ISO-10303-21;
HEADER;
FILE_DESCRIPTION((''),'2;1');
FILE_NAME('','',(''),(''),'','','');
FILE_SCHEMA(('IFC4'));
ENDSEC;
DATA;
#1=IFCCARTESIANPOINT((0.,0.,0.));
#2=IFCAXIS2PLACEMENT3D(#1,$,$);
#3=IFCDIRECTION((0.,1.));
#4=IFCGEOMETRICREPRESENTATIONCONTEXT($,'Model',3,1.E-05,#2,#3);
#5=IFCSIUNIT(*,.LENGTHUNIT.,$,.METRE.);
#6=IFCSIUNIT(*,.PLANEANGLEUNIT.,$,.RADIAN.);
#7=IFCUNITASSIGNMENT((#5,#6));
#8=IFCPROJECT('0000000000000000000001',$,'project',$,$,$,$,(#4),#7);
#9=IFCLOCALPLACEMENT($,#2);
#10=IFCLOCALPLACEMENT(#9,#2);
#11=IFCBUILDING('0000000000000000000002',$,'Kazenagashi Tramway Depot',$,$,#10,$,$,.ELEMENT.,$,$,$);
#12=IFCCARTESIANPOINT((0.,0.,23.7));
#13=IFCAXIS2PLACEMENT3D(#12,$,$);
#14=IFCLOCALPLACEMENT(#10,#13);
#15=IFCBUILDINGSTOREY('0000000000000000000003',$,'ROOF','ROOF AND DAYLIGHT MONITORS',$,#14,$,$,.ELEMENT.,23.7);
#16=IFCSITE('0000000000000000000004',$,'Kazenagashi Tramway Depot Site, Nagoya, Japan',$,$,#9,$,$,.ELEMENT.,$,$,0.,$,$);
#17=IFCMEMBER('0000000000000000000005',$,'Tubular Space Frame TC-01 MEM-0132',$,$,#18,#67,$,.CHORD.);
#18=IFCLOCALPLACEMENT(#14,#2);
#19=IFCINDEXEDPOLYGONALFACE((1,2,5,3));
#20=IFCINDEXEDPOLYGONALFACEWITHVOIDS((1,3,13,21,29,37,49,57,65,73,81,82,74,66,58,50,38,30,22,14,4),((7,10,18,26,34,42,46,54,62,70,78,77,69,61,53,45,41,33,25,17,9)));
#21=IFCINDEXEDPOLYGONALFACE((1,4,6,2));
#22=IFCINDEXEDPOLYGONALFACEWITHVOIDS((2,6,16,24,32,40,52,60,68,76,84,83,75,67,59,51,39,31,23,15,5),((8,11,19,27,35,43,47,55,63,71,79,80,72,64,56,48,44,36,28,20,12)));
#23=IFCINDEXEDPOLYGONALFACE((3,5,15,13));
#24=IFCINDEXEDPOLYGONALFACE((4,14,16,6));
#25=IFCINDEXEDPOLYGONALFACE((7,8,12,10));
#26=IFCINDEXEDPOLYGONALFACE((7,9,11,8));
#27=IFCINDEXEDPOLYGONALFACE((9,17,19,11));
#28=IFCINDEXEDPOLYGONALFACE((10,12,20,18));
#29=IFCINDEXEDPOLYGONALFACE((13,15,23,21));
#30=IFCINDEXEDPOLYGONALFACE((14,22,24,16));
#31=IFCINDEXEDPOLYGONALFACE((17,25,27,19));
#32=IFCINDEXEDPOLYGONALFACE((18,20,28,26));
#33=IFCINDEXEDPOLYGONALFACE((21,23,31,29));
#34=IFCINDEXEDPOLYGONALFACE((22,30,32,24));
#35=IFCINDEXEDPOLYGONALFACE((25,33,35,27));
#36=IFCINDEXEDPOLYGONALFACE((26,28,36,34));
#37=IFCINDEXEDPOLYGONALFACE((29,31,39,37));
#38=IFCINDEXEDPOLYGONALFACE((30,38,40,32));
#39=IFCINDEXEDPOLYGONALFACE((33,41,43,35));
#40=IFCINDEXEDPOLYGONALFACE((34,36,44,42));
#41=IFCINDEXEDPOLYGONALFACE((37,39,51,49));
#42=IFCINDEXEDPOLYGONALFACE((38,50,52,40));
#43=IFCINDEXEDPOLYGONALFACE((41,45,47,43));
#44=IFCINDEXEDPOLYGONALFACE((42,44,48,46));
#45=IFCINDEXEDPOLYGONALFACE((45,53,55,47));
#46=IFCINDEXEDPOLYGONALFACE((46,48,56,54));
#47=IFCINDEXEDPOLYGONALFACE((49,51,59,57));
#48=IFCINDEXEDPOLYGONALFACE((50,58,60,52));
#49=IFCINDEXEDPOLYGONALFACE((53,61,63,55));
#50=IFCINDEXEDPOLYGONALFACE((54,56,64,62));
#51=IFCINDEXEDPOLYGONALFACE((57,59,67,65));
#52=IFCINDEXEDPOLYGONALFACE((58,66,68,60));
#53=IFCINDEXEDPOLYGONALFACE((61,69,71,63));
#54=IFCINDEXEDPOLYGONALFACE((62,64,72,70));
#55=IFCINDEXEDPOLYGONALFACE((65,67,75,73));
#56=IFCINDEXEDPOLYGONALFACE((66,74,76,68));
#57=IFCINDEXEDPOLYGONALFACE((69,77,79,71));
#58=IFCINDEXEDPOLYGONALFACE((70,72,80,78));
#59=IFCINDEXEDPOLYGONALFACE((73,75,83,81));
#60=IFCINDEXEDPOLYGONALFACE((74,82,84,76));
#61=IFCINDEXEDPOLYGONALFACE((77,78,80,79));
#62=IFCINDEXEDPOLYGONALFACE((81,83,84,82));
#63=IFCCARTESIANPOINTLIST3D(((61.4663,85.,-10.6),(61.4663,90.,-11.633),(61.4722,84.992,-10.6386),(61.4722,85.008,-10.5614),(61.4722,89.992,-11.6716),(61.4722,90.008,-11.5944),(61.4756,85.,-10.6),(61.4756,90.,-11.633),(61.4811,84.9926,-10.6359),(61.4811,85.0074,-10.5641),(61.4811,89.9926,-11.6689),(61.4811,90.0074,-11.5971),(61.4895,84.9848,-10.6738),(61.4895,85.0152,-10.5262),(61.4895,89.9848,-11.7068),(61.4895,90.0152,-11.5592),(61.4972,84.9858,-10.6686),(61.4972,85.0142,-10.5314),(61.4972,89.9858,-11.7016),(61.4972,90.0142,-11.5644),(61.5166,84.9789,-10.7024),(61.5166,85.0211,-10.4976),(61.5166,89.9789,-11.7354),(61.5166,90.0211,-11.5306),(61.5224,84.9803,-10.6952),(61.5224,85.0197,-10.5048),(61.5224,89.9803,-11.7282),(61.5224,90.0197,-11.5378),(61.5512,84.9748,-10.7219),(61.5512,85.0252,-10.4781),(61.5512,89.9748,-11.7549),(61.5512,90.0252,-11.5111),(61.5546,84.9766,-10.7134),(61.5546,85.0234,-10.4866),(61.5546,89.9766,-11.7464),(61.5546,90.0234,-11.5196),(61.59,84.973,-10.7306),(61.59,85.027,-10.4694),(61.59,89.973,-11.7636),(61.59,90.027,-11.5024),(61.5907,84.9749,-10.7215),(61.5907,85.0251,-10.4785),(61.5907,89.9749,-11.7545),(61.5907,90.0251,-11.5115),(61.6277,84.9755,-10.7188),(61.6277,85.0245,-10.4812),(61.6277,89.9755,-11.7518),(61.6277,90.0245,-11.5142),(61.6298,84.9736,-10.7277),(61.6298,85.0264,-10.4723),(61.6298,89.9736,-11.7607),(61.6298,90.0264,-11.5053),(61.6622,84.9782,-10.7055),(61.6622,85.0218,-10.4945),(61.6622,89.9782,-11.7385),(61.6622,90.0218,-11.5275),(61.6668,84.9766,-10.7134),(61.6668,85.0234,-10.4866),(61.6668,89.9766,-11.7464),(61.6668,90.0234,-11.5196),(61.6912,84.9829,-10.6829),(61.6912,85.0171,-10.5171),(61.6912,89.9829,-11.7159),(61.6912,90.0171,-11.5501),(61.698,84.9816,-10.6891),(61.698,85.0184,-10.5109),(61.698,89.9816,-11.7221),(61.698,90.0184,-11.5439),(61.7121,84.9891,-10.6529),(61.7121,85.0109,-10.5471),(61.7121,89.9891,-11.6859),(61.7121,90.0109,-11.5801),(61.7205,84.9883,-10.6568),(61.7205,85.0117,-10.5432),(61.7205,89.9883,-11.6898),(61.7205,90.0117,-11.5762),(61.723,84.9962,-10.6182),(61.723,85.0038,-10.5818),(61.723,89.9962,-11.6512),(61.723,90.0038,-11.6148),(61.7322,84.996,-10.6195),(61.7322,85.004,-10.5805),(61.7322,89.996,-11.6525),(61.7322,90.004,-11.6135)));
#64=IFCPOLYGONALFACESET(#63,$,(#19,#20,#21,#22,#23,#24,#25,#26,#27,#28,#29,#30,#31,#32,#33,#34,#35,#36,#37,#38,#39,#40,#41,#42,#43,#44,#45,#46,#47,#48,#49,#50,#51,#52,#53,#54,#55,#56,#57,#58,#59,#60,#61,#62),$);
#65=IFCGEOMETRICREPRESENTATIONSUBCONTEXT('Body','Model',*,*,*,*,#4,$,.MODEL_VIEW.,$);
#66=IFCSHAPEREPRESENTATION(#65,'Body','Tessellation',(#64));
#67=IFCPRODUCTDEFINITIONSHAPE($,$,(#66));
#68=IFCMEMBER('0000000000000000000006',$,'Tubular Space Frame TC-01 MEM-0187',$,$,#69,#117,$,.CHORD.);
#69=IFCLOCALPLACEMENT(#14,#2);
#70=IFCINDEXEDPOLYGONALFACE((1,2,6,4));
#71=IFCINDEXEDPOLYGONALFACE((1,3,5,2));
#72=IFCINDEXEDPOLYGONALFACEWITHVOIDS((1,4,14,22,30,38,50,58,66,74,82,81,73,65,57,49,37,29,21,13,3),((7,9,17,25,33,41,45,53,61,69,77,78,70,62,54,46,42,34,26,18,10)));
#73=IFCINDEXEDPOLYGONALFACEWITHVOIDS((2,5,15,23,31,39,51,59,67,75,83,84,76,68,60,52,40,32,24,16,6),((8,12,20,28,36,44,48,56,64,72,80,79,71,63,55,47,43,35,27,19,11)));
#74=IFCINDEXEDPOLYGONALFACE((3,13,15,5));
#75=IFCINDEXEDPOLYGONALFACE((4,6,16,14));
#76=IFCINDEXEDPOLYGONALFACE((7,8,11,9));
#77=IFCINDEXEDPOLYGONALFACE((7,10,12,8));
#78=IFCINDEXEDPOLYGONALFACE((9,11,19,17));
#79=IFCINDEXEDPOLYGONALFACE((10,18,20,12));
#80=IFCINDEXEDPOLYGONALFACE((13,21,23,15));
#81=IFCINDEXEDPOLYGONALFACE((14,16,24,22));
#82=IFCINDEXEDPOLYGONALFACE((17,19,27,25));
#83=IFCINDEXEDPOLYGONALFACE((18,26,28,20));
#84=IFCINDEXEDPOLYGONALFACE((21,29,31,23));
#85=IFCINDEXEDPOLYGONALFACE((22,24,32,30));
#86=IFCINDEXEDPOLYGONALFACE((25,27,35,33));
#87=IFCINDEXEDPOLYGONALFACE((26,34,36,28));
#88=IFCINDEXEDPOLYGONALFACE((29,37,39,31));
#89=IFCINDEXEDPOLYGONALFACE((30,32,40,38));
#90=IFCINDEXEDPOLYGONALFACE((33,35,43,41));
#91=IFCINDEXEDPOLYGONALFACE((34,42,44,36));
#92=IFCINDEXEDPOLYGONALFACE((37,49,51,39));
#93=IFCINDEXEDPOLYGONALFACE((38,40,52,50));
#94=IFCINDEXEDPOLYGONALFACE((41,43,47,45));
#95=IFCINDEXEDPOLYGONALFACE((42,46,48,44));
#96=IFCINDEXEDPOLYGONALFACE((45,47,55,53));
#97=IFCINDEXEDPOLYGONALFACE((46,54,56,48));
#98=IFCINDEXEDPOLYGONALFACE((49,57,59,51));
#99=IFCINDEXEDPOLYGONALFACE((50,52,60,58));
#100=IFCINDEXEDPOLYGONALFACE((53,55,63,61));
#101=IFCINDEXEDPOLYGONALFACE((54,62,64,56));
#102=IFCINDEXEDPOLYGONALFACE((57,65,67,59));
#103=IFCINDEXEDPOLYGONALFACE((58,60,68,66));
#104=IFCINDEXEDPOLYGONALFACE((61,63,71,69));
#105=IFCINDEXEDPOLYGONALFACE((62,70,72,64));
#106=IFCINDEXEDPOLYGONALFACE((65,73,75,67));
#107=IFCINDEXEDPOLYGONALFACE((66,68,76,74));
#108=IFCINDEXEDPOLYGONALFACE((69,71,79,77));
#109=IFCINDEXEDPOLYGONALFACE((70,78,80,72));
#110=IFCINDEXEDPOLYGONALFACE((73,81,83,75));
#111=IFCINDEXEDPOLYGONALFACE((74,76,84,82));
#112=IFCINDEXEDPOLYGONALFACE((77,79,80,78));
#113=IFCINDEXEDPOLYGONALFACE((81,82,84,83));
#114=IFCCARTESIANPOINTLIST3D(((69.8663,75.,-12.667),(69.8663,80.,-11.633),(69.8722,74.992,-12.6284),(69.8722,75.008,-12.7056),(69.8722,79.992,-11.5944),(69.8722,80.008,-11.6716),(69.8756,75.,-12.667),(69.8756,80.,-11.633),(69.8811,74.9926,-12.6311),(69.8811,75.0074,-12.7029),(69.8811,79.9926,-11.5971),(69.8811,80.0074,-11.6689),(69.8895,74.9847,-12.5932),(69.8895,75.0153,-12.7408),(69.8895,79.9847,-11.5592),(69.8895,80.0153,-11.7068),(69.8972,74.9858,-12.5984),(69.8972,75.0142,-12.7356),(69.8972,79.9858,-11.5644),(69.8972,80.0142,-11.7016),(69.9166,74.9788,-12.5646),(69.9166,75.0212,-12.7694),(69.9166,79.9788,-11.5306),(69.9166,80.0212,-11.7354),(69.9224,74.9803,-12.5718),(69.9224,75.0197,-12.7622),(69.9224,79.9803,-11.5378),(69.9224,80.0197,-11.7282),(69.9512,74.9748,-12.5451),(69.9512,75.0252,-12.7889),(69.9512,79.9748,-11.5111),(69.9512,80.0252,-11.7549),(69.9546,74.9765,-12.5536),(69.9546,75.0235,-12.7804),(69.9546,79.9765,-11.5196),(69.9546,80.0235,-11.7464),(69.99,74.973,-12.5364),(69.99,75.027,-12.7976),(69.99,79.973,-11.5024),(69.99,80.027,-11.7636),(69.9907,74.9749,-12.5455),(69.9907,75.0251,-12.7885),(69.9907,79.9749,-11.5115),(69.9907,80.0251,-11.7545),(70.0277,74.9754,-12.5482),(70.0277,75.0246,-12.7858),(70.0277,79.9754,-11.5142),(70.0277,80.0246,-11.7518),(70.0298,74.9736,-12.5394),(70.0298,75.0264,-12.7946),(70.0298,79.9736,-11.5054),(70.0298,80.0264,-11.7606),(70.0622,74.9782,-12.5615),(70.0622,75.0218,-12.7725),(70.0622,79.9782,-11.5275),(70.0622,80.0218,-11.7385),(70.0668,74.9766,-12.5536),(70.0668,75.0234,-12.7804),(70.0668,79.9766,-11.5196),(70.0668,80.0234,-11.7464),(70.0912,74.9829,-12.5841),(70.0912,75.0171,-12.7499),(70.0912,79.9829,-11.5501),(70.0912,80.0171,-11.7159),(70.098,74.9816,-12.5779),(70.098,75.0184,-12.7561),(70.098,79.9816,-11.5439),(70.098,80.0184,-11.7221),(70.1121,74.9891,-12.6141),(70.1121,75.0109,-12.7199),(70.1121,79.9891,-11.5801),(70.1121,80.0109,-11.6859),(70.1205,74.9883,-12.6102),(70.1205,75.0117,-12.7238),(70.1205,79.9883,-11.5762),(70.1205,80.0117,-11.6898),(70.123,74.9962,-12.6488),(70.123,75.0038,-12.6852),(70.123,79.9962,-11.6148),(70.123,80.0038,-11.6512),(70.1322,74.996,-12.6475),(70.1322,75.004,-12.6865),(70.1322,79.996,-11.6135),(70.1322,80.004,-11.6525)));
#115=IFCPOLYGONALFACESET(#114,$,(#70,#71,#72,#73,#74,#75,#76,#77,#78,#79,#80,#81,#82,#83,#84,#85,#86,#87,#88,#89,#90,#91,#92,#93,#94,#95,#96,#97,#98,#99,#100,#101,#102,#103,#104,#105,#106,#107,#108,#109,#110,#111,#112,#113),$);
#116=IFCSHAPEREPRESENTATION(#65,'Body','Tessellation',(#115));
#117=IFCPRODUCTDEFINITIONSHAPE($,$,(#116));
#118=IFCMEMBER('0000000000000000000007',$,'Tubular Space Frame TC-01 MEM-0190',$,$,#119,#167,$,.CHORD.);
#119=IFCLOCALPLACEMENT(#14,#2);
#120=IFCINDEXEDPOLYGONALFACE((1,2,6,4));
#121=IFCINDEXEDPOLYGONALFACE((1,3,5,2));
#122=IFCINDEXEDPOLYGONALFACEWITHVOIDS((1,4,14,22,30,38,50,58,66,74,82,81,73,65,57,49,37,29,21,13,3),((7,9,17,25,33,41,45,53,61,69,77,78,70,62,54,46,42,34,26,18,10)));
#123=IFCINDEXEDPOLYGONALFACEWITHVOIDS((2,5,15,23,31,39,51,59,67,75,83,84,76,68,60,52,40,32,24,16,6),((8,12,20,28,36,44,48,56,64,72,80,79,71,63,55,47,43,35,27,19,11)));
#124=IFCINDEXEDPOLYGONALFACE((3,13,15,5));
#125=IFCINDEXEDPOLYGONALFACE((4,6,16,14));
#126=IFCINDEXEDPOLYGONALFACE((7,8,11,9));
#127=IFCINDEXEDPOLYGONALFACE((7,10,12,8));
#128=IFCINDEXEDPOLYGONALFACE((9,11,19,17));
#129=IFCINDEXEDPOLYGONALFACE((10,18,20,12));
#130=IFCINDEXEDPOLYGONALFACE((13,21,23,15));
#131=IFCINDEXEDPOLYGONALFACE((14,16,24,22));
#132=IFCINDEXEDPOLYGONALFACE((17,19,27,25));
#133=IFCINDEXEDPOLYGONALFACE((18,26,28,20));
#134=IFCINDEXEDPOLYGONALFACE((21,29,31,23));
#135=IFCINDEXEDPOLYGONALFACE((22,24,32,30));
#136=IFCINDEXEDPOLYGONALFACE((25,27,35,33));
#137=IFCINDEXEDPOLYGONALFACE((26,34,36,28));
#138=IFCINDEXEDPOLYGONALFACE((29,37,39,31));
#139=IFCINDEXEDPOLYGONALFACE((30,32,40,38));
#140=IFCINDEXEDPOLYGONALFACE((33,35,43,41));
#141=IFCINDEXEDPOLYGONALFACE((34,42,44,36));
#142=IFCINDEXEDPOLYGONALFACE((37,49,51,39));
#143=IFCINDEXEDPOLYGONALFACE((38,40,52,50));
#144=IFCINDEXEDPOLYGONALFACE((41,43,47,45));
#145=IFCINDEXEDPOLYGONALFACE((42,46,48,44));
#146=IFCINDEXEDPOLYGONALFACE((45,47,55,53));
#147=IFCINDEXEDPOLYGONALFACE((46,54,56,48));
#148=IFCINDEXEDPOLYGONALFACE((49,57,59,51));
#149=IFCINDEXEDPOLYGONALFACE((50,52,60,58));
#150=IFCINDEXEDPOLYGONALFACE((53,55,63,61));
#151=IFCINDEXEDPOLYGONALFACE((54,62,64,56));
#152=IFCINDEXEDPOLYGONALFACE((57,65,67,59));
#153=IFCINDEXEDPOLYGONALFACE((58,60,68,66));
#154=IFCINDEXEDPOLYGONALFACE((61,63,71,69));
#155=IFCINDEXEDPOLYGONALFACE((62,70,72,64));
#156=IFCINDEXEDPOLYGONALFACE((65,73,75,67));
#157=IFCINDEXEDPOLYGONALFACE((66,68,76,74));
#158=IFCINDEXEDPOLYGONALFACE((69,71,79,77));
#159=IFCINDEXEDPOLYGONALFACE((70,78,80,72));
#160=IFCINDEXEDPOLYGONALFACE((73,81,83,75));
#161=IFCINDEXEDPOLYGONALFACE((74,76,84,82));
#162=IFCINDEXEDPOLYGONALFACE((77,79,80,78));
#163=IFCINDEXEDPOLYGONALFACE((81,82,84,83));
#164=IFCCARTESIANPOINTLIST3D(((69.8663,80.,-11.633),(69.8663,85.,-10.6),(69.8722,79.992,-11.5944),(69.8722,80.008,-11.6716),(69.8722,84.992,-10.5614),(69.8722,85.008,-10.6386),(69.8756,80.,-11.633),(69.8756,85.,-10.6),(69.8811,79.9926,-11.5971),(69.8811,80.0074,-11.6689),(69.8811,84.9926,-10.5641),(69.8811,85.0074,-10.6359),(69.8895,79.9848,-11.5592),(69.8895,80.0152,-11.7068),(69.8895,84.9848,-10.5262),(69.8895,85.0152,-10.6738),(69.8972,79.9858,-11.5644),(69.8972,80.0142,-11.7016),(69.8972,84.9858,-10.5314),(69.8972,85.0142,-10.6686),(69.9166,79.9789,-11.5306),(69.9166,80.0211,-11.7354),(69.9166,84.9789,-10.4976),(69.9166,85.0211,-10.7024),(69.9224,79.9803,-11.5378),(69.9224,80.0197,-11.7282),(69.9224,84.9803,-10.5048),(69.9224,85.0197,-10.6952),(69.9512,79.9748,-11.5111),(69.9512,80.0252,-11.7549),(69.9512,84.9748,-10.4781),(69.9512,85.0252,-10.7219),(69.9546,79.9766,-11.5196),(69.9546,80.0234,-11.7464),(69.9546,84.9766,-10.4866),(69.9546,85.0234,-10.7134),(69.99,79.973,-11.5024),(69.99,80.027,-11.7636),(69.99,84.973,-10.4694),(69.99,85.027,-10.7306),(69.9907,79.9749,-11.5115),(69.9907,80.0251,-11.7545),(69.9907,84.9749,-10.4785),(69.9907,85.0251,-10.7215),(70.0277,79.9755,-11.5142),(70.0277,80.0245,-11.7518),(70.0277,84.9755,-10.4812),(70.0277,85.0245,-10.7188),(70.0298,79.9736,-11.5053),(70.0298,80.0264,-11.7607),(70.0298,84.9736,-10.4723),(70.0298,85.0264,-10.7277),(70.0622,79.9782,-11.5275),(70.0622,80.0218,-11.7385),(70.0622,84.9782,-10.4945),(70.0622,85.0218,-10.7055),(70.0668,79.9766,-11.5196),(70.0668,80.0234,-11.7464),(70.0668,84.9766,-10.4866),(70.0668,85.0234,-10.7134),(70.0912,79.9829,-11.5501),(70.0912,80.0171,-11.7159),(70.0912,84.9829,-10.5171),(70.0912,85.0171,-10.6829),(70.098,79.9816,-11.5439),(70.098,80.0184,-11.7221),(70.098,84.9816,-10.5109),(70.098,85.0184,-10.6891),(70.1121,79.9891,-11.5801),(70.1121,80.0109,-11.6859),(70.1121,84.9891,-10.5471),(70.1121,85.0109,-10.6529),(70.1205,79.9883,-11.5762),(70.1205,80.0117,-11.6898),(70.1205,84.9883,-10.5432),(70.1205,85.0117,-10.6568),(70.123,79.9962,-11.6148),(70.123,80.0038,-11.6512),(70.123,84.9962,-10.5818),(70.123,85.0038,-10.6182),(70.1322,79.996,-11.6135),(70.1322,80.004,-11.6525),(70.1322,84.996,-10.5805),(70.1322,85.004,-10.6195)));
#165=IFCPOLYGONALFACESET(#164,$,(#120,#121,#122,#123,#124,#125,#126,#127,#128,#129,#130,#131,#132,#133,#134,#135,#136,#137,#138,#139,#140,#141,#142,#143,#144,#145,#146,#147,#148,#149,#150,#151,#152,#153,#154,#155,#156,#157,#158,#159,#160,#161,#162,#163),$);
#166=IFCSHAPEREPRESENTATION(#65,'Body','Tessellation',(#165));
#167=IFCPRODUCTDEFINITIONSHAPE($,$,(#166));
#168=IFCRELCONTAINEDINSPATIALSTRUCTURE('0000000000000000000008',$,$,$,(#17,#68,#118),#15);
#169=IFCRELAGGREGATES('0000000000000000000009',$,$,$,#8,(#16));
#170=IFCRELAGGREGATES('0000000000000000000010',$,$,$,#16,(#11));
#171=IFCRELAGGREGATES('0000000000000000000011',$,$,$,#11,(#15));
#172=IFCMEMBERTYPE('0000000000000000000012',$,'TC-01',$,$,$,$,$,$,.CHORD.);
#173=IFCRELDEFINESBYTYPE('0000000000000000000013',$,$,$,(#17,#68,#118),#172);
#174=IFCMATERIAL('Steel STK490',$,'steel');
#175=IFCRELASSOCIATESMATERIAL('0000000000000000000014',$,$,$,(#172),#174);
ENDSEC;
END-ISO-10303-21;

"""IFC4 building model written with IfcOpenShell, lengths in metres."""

from ifc_helpers import new_model, si_unit, direction, frame, origin, origin_2d, place, context, subcontext, project, spatial, hollow_circle, extrude, material, material_profile, profile_set, type_object, element, save


model = new_model("IFC4")

# Units and contexts
model_context = context("Model", 3, precision=1e-05, world=origin(), true_north=direction((0.0, 1.0)))
body_context = subcontext(model_context, "Body", "Model", "MODEL_VIEW")
ifc_project = project(units=[si_unit("LENGTHUNIT", "METRE"), si_unit("PLANEANGLEUNIT", "RADIAN")], contexts=[model_context])

# Site, building, storey
site_placement = place(None, origin())
site = spatial("IfcSite", under=ifc_project, at=site_placement, Name="Kazenagashi Tramway Depot Site, Nagoya, Japan", CompositionType="ELEMENT", RefElevation=0.0)
building_placement = place(site_placement, origin())
building = spatial("IfcBuilding", under=site, at=building_placement, Name="Kazenagashi Tramway Depot", CompositionType="ELEMENT")
storey_placement = place(building_placement, frame((0.0, 0.0, 23.7)))
storey = spatial("IfcBuildingStorey", under=building, at=storey_placement, Name="ROOF", Description="ROOF AND DAYLIGHT MONITORS", CompositionType="ELEMENT", Elevation=23.7)

# Members
ifc_material_1 = material(Name="Steel STK490", Category="steel")
ifc_material_profile_1 = material_profile(ifc_material_1, hollow_circle(Radius=0.1337, WallThickness=0.0093, at=origin_2d()), Name="CHS-267.4x9.3")
ifc_profile_set_1 = profile_set([ifc_material_profile_1], Name="Steel STK490")
member_type_1 = type_object("IfcMemberType", Name="TC-01", PredefinedType="CHORD", material=ifc_profile_set_1)
for number, where, z_axis, x_axis, name in (
    (1, (61.6, 85.0, -10.6), (0.0, 0.979318, -0.202327), (-1.0, 0.0, 0.0), "Tubular Space Frame TC-01 MEM-0132"),
):
    element("IfcMember", number, at=place(storey_placement, frame(where, z_axis=z_axis, x_axis=x_axis)), inside=storey, type_object=member_type_1, Name=name, PredefinedType="CHORD", context=body_context, shape_type="SweptSolid", body=[
        extrude(hollow_circle(Radius=0.1337, WallThickness=0.0093, at=origin_2d()), origin(), (0.0, 0.0, 1.0), 5.1056),
    ])
member_1_placement = place(storey_placement, frame((70.0, 75.0, -12.667), z_axis=(0.0, 0.979279, 0.202515), x_axis=(-1.0, 0.0, 0.0)))
element("IfcMember", 2, at=member_1_placement, inside=storey, type_object=member_type_1, Name="Tubular Space Frame TC-01 MEM-0187", PredefinedType="CHORD", context=body_context, shape_type="SweptSolid", body=[
    extrude(hollow_circle(Radius=0.1337, WallThickness=0.0093, at=origin_2d()), origin(), (0.0, 0.0, 1.0), 5.1058),
])
for number, where, z_axis, x_axis, name in (
    (3, (70.0, 80.0, -11.633), (0.0, 0.979318, 0.202327), (-1.0, 0.0, 0.0), "Tubular Space Frame TC-01 MEM-0190"),
):
    element("IfcMember", number, at=place(storey_placement, frame(where, z_axis=z_axis, x_axis=x_axis)), inside=storey, type_object=member_type_1, Name=name, PredefinedType="CHORD", context=body_context, shape_type="SweptSolid", body=[
        extrude(hollow_circle(Radius=0.1337, WallThickness=0.0093, at=origin_2d()), origin(), (0.0, 0.0, 1.0), 5.1056),
    ])

save(model, "model.ifc")
